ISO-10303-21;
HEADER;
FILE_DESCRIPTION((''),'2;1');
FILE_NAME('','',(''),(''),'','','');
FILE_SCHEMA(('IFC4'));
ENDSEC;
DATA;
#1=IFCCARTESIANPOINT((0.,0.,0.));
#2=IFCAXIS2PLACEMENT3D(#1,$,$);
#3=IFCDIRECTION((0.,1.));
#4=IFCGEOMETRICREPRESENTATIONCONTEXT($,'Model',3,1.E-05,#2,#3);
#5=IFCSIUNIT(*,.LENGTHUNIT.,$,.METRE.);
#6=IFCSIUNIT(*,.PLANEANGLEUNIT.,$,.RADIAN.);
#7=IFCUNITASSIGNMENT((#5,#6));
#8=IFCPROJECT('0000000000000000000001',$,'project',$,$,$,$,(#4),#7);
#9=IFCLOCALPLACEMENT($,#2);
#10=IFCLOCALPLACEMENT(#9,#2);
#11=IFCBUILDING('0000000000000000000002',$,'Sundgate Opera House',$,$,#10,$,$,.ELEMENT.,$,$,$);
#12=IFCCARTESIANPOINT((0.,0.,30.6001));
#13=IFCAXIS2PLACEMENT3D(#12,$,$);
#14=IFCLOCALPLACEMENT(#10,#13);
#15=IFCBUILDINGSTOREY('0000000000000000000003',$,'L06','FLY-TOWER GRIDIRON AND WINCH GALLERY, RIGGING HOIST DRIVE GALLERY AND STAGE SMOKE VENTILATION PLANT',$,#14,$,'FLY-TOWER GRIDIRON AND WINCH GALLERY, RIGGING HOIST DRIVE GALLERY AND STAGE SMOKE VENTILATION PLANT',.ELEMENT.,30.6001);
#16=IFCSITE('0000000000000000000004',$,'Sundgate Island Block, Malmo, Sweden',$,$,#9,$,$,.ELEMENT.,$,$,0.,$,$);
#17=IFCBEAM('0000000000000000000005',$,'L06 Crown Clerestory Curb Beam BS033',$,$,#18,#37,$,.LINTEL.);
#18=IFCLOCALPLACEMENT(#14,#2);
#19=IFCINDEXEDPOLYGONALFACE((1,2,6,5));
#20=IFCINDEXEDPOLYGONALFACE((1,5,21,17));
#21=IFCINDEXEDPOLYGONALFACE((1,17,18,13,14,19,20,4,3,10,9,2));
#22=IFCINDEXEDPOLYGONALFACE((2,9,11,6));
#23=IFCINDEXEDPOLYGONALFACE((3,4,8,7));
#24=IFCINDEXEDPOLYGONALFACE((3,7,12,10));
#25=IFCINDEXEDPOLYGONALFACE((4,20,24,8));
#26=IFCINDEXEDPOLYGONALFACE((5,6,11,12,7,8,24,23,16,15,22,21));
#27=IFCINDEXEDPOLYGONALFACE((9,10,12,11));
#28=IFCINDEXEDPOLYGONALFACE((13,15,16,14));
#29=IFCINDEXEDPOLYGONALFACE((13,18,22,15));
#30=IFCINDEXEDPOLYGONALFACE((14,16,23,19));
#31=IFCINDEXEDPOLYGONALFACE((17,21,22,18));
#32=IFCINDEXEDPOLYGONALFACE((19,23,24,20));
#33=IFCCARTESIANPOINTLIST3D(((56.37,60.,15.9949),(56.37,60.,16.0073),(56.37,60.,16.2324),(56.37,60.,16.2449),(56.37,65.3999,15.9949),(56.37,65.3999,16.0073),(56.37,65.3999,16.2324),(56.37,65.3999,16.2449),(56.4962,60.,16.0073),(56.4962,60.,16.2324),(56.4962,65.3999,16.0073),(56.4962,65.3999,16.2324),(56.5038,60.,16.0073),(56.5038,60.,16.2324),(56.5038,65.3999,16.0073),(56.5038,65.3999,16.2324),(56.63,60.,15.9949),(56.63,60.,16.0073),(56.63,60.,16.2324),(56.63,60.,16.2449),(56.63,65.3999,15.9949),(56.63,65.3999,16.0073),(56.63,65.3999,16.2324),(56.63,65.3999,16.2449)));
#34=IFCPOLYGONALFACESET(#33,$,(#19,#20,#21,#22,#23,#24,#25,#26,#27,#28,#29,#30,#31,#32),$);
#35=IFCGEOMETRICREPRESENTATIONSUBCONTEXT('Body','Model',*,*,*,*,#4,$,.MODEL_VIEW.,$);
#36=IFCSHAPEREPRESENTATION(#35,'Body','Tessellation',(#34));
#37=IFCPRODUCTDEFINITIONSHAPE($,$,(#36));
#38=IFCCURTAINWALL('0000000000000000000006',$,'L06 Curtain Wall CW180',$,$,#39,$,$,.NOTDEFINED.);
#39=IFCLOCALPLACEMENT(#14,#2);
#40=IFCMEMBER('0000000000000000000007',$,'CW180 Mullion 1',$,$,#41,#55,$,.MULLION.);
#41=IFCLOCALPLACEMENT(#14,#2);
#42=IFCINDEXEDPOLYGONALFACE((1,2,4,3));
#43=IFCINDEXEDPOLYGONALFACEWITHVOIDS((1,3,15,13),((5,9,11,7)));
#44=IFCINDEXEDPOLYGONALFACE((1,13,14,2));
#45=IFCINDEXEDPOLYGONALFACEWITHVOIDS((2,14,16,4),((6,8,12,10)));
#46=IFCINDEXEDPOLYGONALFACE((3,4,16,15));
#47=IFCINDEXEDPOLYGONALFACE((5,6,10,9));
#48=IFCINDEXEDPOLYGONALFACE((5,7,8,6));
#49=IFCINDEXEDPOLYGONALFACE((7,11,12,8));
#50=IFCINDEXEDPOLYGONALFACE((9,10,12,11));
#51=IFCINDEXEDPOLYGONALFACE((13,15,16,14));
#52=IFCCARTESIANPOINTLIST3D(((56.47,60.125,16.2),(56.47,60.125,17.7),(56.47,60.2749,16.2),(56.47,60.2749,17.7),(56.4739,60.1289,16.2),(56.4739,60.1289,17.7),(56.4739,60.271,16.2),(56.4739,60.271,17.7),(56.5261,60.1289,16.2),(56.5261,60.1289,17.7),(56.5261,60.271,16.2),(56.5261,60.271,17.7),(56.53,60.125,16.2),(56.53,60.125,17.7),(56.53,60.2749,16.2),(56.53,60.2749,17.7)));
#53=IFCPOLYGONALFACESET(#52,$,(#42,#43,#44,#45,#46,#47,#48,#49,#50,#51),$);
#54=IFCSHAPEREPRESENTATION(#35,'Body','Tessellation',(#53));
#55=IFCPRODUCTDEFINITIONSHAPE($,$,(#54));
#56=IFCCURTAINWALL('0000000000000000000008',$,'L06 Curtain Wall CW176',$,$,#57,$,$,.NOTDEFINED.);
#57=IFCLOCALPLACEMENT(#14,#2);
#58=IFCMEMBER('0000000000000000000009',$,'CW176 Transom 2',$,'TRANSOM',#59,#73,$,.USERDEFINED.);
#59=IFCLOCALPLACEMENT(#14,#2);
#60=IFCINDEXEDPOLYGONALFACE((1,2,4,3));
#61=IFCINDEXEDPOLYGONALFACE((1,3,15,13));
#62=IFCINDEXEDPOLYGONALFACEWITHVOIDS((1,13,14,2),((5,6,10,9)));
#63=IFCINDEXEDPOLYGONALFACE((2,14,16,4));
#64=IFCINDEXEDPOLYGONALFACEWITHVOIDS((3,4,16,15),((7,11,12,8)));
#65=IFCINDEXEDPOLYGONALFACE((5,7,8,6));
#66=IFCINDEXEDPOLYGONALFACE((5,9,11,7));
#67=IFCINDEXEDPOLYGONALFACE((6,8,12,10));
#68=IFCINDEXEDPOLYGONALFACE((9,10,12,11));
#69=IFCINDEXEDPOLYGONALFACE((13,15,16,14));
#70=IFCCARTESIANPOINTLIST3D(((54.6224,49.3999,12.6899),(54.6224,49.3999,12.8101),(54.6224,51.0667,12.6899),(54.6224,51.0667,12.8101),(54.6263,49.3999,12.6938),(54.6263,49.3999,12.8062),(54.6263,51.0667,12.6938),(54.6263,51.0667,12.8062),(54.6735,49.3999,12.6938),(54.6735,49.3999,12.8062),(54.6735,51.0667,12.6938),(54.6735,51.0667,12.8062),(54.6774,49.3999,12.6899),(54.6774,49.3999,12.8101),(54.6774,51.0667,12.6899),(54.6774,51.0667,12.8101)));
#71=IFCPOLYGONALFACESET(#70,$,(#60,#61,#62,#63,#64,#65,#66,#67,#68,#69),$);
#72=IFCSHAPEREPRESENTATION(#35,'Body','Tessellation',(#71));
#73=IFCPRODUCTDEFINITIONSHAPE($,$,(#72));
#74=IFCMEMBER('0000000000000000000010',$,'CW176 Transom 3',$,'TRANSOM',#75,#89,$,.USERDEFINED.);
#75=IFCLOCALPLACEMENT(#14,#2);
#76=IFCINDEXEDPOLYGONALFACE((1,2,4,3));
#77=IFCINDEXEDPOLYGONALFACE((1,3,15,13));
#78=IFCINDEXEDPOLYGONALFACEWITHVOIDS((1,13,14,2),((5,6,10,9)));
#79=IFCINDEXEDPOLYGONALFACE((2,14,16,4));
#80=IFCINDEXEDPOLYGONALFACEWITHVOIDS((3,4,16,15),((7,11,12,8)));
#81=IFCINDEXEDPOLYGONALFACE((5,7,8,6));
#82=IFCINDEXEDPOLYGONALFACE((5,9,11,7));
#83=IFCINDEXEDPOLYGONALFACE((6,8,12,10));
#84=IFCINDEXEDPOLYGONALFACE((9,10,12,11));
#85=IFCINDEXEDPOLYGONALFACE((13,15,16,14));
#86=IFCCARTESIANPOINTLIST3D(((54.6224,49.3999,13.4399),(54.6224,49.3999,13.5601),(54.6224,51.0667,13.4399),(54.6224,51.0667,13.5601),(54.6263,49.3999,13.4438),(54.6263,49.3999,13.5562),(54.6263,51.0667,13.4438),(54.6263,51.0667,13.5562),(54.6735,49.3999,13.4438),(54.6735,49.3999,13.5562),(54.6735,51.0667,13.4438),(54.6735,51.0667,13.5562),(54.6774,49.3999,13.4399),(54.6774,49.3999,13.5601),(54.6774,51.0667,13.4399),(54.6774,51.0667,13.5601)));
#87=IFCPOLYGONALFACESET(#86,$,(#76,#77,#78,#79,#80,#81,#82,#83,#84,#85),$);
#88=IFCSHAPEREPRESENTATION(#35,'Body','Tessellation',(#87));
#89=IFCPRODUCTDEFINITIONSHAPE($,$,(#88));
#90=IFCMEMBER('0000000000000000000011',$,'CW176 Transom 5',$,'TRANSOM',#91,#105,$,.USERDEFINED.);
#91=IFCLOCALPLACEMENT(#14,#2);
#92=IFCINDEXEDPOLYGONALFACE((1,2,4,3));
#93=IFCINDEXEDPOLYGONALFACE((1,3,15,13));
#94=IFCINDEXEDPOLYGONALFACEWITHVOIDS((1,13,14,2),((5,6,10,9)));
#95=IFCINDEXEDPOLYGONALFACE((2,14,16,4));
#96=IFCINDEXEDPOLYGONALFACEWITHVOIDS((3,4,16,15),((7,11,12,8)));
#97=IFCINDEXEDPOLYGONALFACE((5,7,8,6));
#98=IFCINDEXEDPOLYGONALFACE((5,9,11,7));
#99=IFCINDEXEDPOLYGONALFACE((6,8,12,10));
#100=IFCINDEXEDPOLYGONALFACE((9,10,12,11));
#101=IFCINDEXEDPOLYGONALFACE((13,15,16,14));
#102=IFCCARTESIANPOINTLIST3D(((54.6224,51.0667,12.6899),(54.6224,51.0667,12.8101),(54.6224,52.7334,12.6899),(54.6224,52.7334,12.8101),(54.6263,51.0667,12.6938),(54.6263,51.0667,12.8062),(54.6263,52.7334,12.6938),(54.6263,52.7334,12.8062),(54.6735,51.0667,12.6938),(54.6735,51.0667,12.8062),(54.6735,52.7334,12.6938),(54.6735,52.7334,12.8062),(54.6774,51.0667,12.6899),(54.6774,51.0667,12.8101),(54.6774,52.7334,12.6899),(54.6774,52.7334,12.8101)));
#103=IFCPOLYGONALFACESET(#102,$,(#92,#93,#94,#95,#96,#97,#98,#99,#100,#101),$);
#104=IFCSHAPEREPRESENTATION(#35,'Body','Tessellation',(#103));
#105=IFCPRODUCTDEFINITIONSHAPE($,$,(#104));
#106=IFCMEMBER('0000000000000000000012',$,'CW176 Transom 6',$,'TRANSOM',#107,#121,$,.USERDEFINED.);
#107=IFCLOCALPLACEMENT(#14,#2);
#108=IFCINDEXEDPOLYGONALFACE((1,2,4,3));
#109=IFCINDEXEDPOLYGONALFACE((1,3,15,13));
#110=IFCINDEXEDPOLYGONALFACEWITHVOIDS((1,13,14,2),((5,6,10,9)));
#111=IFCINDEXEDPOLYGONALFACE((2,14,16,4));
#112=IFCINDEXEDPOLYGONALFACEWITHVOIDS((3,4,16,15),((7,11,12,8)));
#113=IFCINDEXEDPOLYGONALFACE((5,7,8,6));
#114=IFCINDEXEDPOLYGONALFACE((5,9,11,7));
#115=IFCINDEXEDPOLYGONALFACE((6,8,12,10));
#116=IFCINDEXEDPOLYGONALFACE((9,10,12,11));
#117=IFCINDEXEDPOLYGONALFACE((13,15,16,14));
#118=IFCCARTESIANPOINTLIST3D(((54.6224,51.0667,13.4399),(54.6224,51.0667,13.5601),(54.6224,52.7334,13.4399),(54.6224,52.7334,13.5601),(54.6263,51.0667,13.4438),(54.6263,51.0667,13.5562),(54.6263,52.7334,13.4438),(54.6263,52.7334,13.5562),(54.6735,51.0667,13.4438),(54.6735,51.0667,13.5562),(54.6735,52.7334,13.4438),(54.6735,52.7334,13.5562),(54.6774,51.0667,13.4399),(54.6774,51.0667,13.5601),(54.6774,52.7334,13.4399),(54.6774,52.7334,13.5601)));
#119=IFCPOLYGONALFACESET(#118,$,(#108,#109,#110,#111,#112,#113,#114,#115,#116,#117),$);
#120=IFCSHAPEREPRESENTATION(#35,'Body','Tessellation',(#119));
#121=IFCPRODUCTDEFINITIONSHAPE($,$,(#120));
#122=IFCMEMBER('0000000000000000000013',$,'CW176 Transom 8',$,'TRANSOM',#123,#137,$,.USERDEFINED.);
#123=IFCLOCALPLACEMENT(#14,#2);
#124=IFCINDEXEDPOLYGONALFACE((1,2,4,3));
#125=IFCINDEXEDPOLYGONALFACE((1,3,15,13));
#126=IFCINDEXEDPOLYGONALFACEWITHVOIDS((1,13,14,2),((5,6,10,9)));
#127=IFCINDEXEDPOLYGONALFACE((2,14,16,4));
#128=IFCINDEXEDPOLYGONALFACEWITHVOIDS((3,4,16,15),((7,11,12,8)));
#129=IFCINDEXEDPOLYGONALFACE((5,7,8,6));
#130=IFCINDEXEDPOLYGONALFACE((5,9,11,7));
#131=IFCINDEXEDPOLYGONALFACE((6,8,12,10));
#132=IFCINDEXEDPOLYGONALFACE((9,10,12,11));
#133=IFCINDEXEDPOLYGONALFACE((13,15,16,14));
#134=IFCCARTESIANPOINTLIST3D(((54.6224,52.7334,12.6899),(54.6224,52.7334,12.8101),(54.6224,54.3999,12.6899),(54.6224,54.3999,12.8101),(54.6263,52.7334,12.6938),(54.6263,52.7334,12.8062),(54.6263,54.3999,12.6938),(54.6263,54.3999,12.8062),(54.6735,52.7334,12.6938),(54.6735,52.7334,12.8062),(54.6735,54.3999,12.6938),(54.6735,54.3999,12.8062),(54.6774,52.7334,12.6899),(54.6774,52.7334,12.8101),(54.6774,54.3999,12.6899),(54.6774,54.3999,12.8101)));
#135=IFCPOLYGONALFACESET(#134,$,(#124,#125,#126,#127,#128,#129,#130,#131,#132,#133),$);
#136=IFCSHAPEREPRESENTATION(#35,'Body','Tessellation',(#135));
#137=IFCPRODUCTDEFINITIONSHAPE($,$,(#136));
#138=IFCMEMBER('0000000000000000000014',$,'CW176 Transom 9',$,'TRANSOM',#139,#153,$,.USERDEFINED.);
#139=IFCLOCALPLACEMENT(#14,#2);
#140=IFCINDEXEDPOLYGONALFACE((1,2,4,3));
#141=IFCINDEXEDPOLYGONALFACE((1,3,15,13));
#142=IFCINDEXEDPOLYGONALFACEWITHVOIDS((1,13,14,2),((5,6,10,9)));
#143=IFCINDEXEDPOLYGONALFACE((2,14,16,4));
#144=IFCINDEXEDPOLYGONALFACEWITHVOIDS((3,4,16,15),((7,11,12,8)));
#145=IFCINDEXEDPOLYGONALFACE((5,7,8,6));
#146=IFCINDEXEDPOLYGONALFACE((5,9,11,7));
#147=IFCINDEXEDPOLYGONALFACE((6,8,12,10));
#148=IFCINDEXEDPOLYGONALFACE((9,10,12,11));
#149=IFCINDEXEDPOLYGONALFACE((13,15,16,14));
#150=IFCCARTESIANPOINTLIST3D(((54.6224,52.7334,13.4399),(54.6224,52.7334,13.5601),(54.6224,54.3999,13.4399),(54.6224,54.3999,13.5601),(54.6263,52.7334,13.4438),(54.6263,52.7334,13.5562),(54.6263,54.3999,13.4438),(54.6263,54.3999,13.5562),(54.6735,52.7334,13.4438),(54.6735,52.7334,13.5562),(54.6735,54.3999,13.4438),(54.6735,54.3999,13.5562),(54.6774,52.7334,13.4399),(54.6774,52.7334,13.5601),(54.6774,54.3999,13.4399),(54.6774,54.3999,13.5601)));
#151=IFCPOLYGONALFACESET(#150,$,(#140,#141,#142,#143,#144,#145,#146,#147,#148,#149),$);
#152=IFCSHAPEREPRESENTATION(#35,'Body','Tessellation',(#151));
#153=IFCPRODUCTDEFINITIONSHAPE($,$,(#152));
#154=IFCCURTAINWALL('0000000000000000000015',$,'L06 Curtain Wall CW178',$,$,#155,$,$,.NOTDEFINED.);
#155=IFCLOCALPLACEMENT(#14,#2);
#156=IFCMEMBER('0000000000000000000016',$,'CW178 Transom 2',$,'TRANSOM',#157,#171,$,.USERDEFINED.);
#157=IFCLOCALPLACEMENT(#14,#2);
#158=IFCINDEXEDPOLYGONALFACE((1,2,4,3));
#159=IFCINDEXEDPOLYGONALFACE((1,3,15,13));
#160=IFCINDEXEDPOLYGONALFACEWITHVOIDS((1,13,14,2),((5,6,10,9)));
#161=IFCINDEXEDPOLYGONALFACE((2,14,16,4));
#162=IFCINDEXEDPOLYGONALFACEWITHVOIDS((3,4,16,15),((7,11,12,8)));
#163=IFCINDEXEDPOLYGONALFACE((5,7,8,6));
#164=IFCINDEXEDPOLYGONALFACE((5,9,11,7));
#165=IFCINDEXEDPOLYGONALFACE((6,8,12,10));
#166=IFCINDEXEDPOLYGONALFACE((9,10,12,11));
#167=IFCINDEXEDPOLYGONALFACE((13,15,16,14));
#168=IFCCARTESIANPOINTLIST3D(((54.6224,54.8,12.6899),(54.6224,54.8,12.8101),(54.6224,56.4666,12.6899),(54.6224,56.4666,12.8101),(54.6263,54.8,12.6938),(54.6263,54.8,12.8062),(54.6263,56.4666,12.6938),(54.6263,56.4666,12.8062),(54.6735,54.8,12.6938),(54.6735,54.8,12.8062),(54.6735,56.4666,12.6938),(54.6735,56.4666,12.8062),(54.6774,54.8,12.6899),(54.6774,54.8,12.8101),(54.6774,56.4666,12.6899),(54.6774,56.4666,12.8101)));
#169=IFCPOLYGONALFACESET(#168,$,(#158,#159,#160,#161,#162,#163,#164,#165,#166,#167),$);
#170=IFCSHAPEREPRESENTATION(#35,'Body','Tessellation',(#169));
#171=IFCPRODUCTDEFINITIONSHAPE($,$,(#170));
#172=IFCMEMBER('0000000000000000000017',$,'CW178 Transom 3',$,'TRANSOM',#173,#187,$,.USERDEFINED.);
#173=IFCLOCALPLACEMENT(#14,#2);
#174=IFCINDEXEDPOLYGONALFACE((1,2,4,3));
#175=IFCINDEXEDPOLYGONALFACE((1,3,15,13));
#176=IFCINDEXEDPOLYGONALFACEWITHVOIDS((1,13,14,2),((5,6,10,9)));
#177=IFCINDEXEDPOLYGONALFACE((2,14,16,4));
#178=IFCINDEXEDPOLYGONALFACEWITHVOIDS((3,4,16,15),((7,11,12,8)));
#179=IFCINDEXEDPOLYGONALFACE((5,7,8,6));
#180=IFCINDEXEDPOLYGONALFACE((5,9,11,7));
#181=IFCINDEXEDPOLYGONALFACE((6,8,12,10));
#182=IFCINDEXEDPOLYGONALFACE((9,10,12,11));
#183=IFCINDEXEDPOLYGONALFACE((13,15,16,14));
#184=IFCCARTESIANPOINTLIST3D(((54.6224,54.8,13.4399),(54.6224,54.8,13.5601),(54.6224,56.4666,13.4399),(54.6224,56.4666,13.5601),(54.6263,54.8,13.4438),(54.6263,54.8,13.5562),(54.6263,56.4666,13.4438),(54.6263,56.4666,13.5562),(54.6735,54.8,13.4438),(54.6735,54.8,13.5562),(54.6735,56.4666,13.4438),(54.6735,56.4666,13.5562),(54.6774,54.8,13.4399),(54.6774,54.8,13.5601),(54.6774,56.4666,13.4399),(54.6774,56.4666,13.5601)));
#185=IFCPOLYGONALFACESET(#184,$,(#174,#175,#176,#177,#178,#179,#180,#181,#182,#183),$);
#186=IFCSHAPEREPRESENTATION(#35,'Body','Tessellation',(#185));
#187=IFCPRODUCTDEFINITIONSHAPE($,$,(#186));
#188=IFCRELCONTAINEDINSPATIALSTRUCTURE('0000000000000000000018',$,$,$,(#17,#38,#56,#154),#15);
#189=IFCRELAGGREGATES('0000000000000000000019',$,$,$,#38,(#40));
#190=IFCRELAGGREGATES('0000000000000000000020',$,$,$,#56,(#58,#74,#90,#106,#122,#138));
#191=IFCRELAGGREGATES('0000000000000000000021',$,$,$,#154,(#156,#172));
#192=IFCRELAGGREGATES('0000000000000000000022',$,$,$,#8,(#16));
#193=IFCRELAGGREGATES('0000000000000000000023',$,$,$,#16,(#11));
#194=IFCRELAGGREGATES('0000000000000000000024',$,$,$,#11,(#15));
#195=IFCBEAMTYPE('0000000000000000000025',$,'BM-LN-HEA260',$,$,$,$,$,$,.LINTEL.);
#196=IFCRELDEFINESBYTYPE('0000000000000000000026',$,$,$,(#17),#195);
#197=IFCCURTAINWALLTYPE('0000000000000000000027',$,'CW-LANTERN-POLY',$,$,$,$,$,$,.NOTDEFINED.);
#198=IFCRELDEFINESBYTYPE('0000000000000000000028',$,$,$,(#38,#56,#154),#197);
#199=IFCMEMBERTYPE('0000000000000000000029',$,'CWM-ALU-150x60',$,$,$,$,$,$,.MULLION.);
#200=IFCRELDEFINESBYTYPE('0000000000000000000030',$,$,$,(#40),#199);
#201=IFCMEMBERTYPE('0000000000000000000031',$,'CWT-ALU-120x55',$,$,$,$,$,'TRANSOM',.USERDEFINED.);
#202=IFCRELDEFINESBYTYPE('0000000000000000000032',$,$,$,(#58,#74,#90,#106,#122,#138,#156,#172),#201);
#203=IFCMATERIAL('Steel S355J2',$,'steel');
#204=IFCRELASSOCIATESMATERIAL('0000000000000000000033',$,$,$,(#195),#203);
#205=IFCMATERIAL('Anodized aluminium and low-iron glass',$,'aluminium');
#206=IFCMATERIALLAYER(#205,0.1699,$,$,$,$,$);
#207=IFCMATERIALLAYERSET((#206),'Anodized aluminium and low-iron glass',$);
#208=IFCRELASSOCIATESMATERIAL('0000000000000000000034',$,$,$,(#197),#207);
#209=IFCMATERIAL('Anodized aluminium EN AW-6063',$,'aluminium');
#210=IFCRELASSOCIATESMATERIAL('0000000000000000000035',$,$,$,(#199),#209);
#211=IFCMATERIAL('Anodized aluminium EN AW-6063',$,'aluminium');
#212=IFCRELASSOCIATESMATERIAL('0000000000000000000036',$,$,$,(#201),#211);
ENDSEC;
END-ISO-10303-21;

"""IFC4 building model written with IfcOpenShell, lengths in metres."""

from ifc_helpers import new_model, si_unit, direction, frame, origin, origin_2d, place, context, subcontext, project, spatial, hollow_rectangle, i_section, extrude, material, layer, layer_set, material_profile, profile_set, type_object, element, aggregate, save


model = new_model("IFC4")

# Units and contexts
model_context = context("Model", 3, precision=1e-05, world=origin(), true_north=direction((0.0, 1.0)))
body_context = subcontext(model_context, "Body", "Model", "MODEL_VIEW")
ifc_project = project(units=[si_unit("LENGTHUNIT", "METRE"), si_unit("PLANEANGLEUNIT", "RADIAN")], contexts=[model_context])

# Site, building, storey
site_placement = place(None, origin())
site = spatial("IfcSite", under=ifc_project, at=site_placement, Name="Sundgate Island Block, Malmo, Sweden", CompositionType="ELEMENT", RefElevation=0.0)
building_placement = place(site_placement, origin())
building = spatial("IfcBuilding", under=site, at=building_placement, Name="Sundgate Opera House", CompositionType="ELEMENT")
storey_placement = place(building_placement, frame((0.0, 0.0, 30.6001)))
storey = spatial("IfcBuildingStorey", under=building, at=storey_placement, Name="L06", Description="FLY-TOWER GRIDIRON AND WINCH GALLERY, RIGGING HOIST DRIVE GALLERY AND STAGE SMOKE VENTILATION PLANT", LongName="FLY-TOWER GRIDIRON AND WINCH GALLERY, RIGGING HOIST DRIVE GALLERY AND STAGE SMOKE VENTILATION PLANT", CompositionType="ELEMENT", Elevation=30.6001)

# Beam
ifc_material_1 = material(Name="Steel S355J2", Category="steel")
ifc_material_profile_1 = material_profile(ifc_material_1, i_section(OverallWidth=0.26, OverallDepth=0.25, WebThickness=0.0076, FlangeThickness=0.0125, at=origin_2d()), Name="HEA 260")
ifc_profile_set_1 = profile_set([ifc_material_profile_1], Name="Steel S355J2")
beam_type = type_object("IfcBeamType", Name="BM-LN-HEA260", PredefinedType="LINTEL", material=ifc_profile_set_1)
beam_placement = place(storey_placement, frame((56.5, 60.0, 16.1199), z_axis=(0.0, 1.0, 0.0), x_axis=(-1.0, 0.0, 0.0)))
element("IfcBeam", 1, at=beam_placement, inside=storey, type_object=beam_type, Name="L06 Crown Clerestory Curb Beam BS033", PredefinedType="LINTEL", context=body_context, shape_type="SweptSolid", body=[
    extrude(i_section(OverallWidth=0.26, OverallDepth=0.25, WebThickness=0.0076, FlangeThickness=0.0125, at=origin_2d()), origin(), (0.0, 0.0, 1.0), 5.3999),
])

# Curtain wall, member
ifc_material_2 = material(Name="Anodized aluminium and low-iron glass", Category="aluminium")
ifc_layer_1 = layer(ifc_material_2, 0.1699)
ifc_layer_set_1 = layer_set([ifc_layer_1], Name="Anodized aluminium and low-iron glass")
curtain_wall_type = type_object("IfcCurtainWallType", Name="CW-LANTERN-POLY", PredefinedType="NOTDEFINED", material=ifc_layer_set_1)
curtain_wall_1_placement = place(storey_placement, origin())
curtain_wall_1 = element("IfcCurtainWall", 2, at=curtain_wall_1_placement, inside=storey, type_object=curtain_wall_type, Name="L06 Curtain Wall CW180", PredefinedType="NOTDEFINED")
ifc_material_3 = material(Name="Anodized aluminium EN AW-6063", Category="aluminium")
ifc_material_profile_2 = material_profile(ifc_material_3, hollow_rectangle(XDim=0.0601, YDim=0.1499, WallThickness=0.0039, at=origin_2d()), Name="CWM 150x60x4")
ifc_profile_set_2 = profile_set([ifc_material_profile_2], Name="Anodized aluminium EN AW-6063")
member_type_1 = type_object("IfcMemberType", Name="CWM-ALU-150x60", PredefinedType="MULLION", material=ifc_profile_set_2)
member_1_placement = place(storey_placement, frame((56.5, 60.2, 16.2), z_axis=(0.0, 0.0, 1.0), x_axis=(1.0, 0.0, 0.0)))
member_1 = element("IfcMember", 3, at=member_1_placement, type_object=member_type_1, Name="CW180 Mullion 1", PredefinedType="MULLION", context=body_context, shape_type="SweptSolid", body=[
    extrude(hollow_rectangle(XDim=0.0601, YDim=0.1499, WallThickness=0.0039, at=origin_2d()), origin(), (0.0, 0.0, 1.0), 1.5),
])

# Curtain walls, members
curtain_wall_2_placement = place(storey_placement, origin())
curtain_wall_2 = element("IfcCurtainWall", 4, at=curtain_wall_2_placement, inside=storey, type_object=curtain_wall_type, Name="L06 Curtain Wall CW176", PredefinedType="NOTDEFINED")
ifc_material_4 = material(Name="Anodized aluminium EN AW-6063", Category="aluminium")
ifc_material_profile_3 = material_profile(ifc_material_4, hollow_rectangle(XDim=0.0549, YDim=0.1201, WallThickness=0.0039, at=origin_2d()), Name="CWT 120x55x4")
ifc_profile_set_3 = profile_set([ifc_material_profile_3], Name="Anodized aluminium EN AW-6063")
member_type_2 = type_object("IfcMemberType", Name="CWT-ALU-120x55", ElementType="TRANSOM", PredefinedType="USERDEFINED", material=ifc_profile_set_3)
member_2_placement = place(storey_placement, frame((54.6499, 49.3999, 12.75), z_axis=(0.0, 1.0, 0.0), x_axis=(-1.0, 0.0, 0.0)))
member_2 = element("IfcMember", 5, at=member_2_placement, type_object=member_type_2, Name="CW176 Transom 2", ObjectType="TRANSOM", PredefinedType="USERDEFINED", context=body_context, shape_type="SweptSolid", body=[
    extrude(hollow_rectangle(XDim=0.0549, YDim=0.1201, WallThickness=0.0039, at=origin_2d()), origin(), (0.0, 0.0, 1.0), 1.6667),
])
member_3_placement = place(storey_placement, frame((54.6499, 49.3999, 13.5), z_axis=(0.0, 1.0, 0.0), x_axis=(-1.0, 0.0, 0.0)))
member_3 = element("IfcMember", 6, at=member_3_placement, type_object=member_type_2, Name="CW176 Transom 3", ObjectType="TRANSOM", PredefinedType="USERDEFINED", context=body_context, shape_type="SweptSolid", body=[
    extrude(hollow_rectangle(XDim=0.0549, YDim=0.1201, WallThickness=0.0039, at=origin_2d()), origin(), (0.0, 0.0, 1.0), 1.6667),
])
member_4_placement = place(storey_placement, frame((54.6499, 51.0667, 12.75), z_axis=(0.0, 1.0, 0.0), x_axis=(-1.0, 0.0, 0.0)))
member_4 = element("IfcMember", 7, at=member_4_placement, type_object=member_type_2, Name="CW176 Transom 5", ObjectType="TRANSOM", PredefinedType="USERDEFINED", context=body_context, shape_type="SweptSolid", body=[
    extrude(hollow_rectangle(XDim=0.0549, YDim=0.1201, WallThickness=0.0039, at=origin_2d()), origin(), (0.0, 0.0, 1.0), 1.6667),
])
member_5_placement = place(storey_placement, frame((54.6499, 51.0667, 13.5), z_axis=(0.0, 1.0, 0.0), x_axis=(-1.0, 0.0, 0.0)))
member_5 = element("IfcMember", 8, at=member_5_placement, type_object=member_type_2, Name="CW176 Transom 6", ObjectType="TRANSOM", PredefinedType="USERDEFINED", context=body_context, shape_type="SweptSolid", body=[
    extrude(hollow_rectangle(XDim=0.0549, YDim=0.1201, WallThickness=0.0039, at=origin_2d()), origin(), (0.0, 0.0, 1.0), 1.6667),
])
member_6_placement = place(storey_placement, frame((54.6499, 52.7334, 12.75), z_axis=(0.0, 1.0, 0.0), x_axis=(-1.0, 0.0, 0.0)))
member_6 = element("IfcMember", 9, at=member_6_placement, type_object=member_type_2, Name="CW176 Transom 8", ObjectType="TRANSOM", PredefinedType="USERDEFINED", context=body_context, shape_type="SweptSolid", body=[
    extrude(hollow_rectangle(XDim=0.0549, YDim=0.1201, WallThickness=0.0039, at=origin_2d()), origin(), (0.0, 0.0, 1.0), 1.6665),
])
member_7_placement = place(storey_placement, frame((54.6499, 52.7334, 13.5), z_axis=(0.0, 1.0, 0.0), x_axis=(-1.0, 0.0, 0.0)))
member_7 = element("IfcMember", 10, at=member_7_placement, type_object=member_type_2, Name="CW176 Transom 9", ObjectType="TRANSOM", PredefinedType="USERDEFINED", context=body_context, shape_type="SweptSolid", body=[
    extrude(hollow_rectangle(XDim=0.0549, YDim=0.1201, WallThickness=0.0039, at=origin_2d()), origin(), (0.0, 0.0, 1.0), 1.6665),
])
curtain_wall_3_placement = place(storey_placement, origin())
curtain_wall_3 = element("IfcCurtainWall", 11, at=curtain_wall_3_placement, inside=storey, type_object=curtain_wall_type, Name="L06 Curtain Wall CW178", PredefinedType="NOTDEFINED")
member_8_placement = place(storey_placement, frame((54.6499, 54.8, 12.75), z_axis=(0.0, 1.0, 0.0), x_axis=(-1.0, 0.0, 0.0)))
member_8 = element("IfcMember", 12, at=member_8_placement, type_object=member_type_2, Name="CW178 Transom 2", ObjectType="TRANSOM", PredefinedType="USERDEFINED", context=body_context, shape_type="SweptSolid", body=[
    extrude(hollow_rectangle(XDim=0.0549, YDim=0.1201, WallThickness=0.0039, at=origin_2d()), origin(), (0.0, 0.0, 1.0), 1.6665),
])
member_9_placement = place(storey_placement, frame((54.6499, 54.8, 13.5), z_axis=(0.0, 1.0, 0.0), x_axis=(-1.0, 0.0, 0.0)))
member_9 = element("IfcMember", 13, at=member_9_placement, type_object=member_type_2, Name="CW178 Transom 3", ObjectType="TRANSOM", PredefinedType="USERDEFINED", context=body_context, shape_type="SweptSolid", body=[
    extrude(hollow_rectangle(XDim=0.0549, YDim=0.1201, WallThickness=0.0039, at=origin_2d()), origin(), (0.0, 0.0, 1.0), 1.6665),
])

aggregate(curtain_wall_1, [member_1])

aggregate(curtain_wall_2, [member_2, member_3, member_4, member_5, member_6, member_7])
aggregate(curtain_wall_3, [member_8, member_9])

save(model, "model.ifc")
